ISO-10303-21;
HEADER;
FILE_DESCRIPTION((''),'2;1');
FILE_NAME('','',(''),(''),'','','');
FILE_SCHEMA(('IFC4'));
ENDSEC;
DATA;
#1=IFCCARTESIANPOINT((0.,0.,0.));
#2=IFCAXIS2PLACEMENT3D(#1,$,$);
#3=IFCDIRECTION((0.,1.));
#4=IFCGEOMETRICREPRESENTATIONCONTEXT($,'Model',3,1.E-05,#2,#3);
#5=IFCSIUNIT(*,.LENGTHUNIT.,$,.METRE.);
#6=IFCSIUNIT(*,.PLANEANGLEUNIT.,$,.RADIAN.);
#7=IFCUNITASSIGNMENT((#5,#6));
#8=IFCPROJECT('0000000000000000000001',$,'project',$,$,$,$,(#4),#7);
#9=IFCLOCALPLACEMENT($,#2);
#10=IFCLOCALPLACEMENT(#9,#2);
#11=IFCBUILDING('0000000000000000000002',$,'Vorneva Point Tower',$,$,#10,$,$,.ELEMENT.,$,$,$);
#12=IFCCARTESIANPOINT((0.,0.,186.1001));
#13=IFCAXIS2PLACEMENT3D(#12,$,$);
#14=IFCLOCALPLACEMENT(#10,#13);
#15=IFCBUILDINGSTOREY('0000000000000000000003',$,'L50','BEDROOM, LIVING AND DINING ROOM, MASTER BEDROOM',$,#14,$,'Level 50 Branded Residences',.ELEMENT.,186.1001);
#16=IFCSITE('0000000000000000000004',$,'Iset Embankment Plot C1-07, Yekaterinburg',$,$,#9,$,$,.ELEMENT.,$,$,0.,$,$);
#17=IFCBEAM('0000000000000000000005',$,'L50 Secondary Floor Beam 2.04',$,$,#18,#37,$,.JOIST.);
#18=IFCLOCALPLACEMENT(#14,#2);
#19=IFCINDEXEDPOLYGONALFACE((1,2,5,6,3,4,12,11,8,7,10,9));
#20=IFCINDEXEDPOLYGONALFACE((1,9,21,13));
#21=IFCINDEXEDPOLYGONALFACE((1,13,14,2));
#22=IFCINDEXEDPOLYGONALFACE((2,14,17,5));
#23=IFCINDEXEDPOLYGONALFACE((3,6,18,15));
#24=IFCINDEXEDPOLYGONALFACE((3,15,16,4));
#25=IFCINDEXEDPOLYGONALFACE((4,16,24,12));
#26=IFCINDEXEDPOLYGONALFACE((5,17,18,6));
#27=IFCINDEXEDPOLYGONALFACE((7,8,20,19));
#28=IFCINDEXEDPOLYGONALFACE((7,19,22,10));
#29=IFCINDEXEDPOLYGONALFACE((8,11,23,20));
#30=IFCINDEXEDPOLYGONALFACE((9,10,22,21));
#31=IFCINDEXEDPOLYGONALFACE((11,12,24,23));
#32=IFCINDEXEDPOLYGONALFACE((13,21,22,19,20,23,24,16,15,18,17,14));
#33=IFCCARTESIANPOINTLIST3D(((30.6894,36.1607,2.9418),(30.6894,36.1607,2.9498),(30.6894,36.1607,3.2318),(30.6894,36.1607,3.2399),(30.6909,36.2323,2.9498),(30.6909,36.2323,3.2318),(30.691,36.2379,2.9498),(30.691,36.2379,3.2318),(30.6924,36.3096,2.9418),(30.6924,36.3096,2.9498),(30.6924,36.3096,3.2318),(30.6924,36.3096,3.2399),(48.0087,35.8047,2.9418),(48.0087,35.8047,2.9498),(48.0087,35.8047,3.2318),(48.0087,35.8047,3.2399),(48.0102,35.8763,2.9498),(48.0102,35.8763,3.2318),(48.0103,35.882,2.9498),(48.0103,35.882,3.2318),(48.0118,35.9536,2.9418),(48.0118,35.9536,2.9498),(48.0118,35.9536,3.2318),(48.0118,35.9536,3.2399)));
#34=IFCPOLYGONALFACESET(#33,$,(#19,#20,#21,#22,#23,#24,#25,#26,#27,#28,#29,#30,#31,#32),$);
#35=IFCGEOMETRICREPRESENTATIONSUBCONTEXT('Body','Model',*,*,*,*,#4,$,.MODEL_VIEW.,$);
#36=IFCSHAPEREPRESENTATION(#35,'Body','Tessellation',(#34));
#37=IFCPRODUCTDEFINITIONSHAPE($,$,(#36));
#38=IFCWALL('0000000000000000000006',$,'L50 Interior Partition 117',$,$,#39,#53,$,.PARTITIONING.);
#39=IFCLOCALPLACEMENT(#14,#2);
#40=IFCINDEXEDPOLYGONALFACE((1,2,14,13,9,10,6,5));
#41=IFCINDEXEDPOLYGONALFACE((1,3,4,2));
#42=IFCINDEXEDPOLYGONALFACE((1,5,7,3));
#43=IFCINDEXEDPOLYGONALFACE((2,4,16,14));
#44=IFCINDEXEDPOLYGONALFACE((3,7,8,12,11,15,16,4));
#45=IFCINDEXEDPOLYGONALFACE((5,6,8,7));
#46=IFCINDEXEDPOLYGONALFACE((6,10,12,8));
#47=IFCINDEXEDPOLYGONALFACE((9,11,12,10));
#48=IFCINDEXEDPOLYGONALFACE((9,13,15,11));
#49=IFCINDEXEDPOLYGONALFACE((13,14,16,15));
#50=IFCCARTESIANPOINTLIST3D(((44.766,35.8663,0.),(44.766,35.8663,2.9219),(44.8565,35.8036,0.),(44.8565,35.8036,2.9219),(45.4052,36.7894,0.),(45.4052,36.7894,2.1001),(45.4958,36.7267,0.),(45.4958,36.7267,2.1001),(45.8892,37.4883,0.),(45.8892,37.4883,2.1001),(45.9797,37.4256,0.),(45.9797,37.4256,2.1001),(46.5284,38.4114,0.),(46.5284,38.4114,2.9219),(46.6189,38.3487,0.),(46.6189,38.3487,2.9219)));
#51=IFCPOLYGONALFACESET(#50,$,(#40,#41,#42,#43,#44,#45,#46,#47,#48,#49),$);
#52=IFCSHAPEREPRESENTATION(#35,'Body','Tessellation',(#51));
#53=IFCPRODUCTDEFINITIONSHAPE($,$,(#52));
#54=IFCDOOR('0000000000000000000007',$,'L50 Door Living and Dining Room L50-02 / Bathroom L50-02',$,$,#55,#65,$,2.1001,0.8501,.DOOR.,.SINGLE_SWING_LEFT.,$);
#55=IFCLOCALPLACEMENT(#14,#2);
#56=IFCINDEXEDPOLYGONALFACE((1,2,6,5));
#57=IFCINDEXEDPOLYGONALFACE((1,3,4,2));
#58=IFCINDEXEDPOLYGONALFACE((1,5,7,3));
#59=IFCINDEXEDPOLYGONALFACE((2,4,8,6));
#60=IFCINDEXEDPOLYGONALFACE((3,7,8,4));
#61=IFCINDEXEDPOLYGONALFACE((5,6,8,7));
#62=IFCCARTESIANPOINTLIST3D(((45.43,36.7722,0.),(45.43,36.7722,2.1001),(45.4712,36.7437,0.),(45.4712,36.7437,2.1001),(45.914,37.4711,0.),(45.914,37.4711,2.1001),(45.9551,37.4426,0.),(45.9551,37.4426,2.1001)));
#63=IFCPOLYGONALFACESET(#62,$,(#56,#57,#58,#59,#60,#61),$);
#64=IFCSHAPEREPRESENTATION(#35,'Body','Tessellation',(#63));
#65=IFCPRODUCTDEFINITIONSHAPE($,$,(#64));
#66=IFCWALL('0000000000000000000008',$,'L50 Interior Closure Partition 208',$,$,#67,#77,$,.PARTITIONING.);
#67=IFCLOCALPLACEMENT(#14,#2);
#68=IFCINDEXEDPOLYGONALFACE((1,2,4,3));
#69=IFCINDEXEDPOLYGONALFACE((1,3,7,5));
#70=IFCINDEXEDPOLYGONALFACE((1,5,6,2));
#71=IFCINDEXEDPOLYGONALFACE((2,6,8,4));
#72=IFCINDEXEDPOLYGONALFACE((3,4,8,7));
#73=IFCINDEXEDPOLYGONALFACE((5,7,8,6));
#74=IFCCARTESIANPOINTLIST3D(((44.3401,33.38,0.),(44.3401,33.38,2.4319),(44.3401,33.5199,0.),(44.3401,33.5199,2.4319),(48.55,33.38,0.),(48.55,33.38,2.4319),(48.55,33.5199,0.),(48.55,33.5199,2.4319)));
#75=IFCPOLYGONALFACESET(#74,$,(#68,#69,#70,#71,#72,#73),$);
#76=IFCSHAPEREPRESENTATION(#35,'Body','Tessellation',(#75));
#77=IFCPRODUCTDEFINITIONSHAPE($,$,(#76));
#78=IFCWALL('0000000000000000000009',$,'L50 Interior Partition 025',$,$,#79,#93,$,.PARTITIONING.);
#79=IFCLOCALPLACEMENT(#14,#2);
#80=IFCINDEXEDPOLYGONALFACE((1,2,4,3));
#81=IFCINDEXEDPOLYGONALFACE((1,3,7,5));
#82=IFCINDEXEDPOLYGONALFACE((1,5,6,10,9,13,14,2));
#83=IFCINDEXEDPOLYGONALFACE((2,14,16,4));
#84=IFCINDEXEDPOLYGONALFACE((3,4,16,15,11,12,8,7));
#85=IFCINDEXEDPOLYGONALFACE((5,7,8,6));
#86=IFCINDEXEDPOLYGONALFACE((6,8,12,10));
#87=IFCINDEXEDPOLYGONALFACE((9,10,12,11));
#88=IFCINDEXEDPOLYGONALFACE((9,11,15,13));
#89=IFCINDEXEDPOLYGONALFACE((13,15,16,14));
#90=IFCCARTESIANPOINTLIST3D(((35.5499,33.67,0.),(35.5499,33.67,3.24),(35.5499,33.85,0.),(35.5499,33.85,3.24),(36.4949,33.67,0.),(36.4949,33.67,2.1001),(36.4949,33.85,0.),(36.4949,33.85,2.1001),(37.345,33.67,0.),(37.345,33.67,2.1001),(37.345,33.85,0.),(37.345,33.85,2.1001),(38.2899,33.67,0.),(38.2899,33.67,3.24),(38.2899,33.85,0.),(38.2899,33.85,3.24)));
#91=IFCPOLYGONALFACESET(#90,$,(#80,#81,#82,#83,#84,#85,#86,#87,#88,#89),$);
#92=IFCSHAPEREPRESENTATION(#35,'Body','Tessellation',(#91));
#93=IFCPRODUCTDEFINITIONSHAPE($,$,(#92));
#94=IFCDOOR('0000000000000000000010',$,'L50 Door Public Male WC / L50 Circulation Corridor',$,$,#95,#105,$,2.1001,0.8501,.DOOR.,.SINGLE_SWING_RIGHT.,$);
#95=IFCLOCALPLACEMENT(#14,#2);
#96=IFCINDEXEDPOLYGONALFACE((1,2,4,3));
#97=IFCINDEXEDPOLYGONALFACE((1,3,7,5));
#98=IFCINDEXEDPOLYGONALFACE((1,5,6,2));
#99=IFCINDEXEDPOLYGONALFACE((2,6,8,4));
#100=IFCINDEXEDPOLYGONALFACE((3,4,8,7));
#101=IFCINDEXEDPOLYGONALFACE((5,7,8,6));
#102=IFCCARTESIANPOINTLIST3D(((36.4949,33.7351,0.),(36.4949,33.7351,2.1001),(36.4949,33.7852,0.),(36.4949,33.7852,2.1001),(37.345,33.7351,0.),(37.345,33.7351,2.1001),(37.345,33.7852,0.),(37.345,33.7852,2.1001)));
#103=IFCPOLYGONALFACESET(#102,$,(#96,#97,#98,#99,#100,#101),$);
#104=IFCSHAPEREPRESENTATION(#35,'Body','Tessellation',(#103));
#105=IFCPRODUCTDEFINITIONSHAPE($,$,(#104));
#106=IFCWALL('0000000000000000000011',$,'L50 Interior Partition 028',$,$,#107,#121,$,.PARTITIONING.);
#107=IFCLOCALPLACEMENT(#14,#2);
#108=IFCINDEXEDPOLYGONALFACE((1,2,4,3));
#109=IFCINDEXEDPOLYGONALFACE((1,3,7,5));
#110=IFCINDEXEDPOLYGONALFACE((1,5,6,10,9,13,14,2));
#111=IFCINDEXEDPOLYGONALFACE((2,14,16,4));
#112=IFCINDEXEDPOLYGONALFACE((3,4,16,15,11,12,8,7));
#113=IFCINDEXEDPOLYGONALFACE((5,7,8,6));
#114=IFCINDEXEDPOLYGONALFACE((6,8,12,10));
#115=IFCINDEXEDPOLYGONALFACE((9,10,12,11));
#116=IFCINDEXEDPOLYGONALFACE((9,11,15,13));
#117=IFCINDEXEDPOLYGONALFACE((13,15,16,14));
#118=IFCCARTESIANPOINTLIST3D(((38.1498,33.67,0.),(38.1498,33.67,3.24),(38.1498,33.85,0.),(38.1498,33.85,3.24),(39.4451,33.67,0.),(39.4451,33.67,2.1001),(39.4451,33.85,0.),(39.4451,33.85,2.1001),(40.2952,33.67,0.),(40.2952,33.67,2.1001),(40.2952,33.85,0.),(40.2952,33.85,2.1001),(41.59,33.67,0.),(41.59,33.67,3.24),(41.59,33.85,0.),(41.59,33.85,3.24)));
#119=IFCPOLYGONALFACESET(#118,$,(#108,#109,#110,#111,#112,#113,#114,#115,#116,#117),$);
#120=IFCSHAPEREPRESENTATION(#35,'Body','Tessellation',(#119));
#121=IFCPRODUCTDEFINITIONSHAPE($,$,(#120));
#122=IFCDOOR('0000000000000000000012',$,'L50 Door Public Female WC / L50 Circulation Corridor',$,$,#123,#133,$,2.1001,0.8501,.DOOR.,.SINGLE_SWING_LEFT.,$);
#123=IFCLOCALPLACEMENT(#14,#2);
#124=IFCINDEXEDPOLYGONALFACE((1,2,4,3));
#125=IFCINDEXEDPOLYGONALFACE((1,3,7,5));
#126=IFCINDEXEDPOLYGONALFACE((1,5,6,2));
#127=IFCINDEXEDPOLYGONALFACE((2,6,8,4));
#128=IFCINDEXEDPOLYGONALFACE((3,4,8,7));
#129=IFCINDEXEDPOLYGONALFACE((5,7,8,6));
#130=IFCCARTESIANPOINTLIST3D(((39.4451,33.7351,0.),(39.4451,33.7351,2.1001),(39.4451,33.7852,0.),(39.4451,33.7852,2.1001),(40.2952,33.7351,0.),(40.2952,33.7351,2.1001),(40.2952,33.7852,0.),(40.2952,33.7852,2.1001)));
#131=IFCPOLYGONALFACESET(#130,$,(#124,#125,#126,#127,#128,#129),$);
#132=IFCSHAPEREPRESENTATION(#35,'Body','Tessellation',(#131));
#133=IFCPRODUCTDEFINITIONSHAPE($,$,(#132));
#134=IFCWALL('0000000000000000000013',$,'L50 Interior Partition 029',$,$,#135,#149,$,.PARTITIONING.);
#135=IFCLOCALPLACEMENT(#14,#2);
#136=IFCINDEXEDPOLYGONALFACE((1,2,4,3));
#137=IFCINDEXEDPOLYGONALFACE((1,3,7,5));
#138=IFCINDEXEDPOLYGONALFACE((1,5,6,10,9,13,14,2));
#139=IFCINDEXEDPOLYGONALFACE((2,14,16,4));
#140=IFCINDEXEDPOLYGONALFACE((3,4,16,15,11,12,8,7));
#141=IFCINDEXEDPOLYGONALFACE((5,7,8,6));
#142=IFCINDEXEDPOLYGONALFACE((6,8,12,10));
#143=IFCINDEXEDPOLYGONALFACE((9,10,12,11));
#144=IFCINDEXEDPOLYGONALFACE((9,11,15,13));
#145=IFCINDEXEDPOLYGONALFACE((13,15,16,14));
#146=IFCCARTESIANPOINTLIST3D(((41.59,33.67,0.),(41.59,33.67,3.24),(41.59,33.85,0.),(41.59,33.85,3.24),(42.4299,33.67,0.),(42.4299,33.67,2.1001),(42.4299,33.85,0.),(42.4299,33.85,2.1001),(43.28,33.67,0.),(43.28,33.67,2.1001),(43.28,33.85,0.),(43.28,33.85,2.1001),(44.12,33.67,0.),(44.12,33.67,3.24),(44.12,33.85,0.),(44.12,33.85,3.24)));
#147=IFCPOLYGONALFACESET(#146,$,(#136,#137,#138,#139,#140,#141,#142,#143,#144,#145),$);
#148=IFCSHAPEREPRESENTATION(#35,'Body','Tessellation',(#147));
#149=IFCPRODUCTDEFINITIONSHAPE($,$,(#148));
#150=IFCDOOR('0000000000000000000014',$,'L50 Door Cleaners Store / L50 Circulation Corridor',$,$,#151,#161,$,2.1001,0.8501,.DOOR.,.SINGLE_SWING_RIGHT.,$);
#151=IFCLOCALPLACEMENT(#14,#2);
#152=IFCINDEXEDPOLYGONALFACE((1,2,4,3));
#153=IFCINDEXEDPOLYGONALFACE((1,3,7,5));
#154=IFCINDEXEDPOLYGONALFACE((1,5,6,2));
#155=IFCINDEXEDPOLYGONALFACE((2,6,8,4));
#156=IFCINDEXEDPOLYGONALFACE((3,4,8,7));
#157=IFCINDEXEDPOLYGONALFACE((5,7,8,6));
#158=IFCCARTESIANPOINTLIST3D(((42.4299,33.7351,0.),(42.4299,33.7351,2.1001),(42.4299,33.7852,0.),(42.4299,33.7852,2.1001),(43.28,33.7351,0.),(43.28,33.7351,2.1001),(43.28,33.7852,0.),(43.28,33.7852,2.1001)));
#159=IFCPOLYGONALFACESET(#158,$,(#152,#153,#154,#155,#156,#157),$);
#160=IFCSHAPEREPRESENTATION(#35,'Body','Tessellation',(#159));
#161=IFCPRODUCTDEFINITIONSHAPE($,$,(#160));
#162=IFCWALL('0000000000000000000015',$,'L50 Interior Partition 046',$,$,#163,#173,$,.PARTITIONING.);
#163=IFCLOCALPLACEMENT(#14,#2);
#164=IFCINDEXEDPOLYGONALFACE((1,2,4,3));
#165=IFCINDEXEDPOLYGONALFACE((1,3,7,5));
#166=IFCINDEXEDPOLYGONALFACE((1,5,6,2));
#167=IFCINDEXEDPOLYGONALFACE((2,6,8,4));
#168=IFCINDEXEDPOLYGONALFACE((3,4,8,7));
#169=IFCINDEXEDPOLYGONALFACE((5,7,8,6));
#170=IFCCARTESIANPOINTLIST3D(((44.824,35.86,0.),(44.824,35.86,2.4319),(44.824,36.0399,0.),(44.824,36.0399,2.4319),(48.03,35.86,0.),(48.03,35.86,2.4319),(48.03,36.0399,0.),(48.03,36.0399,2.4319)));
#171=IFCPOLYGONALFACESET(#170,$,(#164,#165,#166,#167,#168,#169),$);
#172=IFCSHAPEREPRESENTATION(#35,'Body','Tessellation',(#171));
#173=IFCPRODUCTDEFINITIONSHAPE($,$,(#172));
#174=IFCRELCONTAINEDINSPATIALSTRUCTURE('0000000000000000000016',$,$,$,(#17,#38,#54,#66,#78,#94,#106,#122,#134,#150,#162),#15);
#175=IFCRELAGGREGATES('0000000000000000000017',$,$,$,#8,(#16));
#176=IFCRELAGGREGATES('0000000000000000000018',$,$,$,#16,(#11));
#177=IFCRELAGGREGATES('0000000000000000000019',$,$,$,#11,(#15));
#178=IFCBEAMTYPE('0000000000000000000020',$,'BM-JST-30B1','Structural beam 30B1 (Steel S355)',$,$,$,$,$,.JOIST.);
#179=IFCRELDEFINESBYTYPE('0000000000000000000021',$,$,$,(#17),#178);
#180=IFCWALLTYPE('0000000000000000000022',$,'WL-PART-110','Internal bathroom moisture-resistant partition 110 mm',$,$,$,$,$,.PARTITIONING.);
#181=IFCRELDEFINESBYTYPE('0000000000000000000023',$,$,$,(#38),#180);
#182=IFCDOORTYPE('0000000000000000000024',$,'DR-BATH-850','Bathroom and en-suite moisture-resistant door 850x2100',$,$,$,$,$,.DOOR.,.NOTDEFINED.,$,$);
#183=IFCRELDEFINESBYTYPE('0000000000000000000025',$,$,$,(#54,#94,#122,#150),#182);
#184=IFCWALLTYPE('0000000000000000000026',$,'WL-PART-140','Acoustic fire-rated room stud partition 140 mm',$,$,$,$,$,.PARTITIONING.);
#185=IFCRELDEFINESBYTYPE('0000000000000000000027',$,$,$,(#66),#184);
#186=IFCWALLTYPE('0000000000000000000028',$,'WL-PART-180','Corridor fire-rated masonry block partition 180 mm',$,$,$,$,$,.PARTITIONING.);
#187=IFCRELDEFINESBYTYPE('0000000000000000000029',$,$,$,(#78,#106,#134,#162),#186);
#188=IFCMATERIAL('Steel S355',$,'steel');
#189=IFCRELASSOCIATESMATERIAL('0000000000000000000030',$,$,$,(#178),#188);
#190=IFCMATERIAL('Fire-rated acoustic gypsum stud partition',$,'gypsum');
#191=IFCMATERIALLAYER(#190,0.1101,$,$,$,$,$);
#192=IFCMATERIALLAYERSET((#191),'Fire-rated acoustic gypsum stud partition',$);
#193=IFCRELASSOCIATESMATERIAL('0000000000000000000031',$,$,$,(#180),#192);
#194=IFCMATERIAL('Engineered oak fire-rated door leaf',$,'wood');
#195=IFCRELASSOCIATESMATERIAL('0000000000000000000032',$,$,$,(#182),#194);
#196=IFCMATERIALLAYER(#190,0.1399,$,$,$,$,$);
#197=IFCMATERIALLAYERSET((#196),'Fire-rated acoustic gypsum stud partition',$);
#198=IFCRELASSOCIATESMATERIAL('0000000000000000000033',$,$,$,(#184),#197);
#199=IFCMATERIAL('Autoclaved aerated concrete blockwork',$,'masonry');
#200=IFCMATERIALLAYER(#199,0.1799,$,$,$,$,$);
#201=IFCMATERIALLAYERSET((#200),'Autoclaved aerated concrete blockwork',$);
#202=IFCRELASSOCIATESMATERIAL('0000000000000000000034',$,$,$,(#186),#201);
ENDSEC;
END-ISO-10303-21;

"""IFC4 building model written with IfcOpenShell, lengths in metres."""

from ifc_helpers import new_model, si_unit, direction, frame, frame_2d, origin, origin_2d, place, context, subcontext, project, spatial, rectangle, i_section, extrude, material, layer, layer_set, material_profile, profile_set, type_object, element, fill, save


model = new_model("IFC4")

# Units and contexts
model_context = context("Model", 3, precision=1e-05, world=origin(), true_north=direction((0.0, 1.0)))
body_context = subcontext(model_context, "Body", "Model", "MODEL_VIEW")
ifc_project = project(units=[si_unit("LENGTHUNIT", "METRE"), si_unit("PLANEANGLEUNIT", "RADIAN")], contexts=[model_context])

# Site, building, storey
site_placement = place(None, origin())
site = spatial("IfcSite", under=ifc_project, at=site_placement, Name="Iset Embankment Plot C1-07, Yekaterinburg", CompositionType="ELEMENT", RefElevation=0.0)
building_placement = place(site_placement, origin())
building = spatial("IfcBuilding", under=site, at=building_placement, Name="Vorneva Point Tower", CompositionType="ELEMENT")
storey_placement = place(building_placement, frame((0.0, 0.0, 186.1001)))
storey = spatial("IfcBuildingStorey", under=building, at=storey_placement, Name="L50", Description="BEDROOM, LIVING AND DINING ROOM, MASTER BEDROOM", LongName="Level 50 Branded Residences", CompositionType="ELEMENT", Elevation=186.1001)

# Beam
ifc_material_1 = material(Name="Steel S355", Category="steel")
ifc_material_profile = material_profile(ifc_material_1, i_section(OverallWidth=0.1489, OverallDepth=0.2981, WebThickness=0.0056, FlangeThickness=0.0081, at=origin_2d()), Name="30B1")
ifc_profile_set = profile_set([ifc_material_profile], Name="Steel S355")
beam_type = type_object("IfcBeamType", Name="BM-JST-30B1", Description="Structural beam 30B1 (Steel S355)", PredefinedType="JOIST", material=ifc_profile_set)
beam_placement = place(storey_placement, frame((48.0103, 35.8792, 3.0908), z_axis=(-0.999789, 0.020548, 0.0), x_axis=(-0.020548, -0.999789, 0.0)))
element("IfcBeam", 1, at=beam_placement, inside=storey, type_object=beam_type, Name="L50 Secondary Floor Beam 2.04", PredefinedType="JOIST", context=body_context, shape_type="SweptSolid", body=[
    extrude(i_section(OverallWidth=0.1489, OverallDepth=0.2981, WebThickness=0.0056, FlangeThickness=0.0081, at=origin_2d()), origin(), (0.0, 0.0, 1.0), 17.323),
])

# Wall, opening, door
ifc_material_2 = material(Name="Fire-rated acoustic gypsum stud partition", Category="gypsum")
ifc_layer_1 = layer(ifc_material_2, 0.1101)
ifc_layer_set_1 = layer_set([ifc_layer_1], Name="Fire-rated acoustic gypsum stud partition")
wall_type_1 = type_object("IfcWallType", Name="WL-PART-110", Description="Internal bathroom moisture-resistant partition 110 mm", PredefinedType="PARTITIONING", material=ifc_layer_set_1)
wall_1_placement = place(storey_placement, frame((44.8113, 35.835, 0.0), z_axis=(0.0, 0.0, 1.0), x_axis=(0.5693, 0.82213, 0.0)))
wall_1 = element("IfcWall", 2, at=wall_1_placement, inside=storey, type_object=wall_type_1, Name="L50 Interior Partition 117", PredefinedType="PARTITIONING", context=body_context, shape_type="SweptSolid", body=[
    extrude(rectangle(XDim=3.0957, YDim=0.1101, at=frame_2d((1.5479, 0.0))), origin(), (0.0, 0.0, 1.0), 2.9219),
])
opening_1_placement = place(wall_1_placement, frame((1.1228, 0.0, 0.0)))
opening_1 = element("IfcOpeningElement", 3, at=opening_1_placement, cuts=wall_1, PredefinedType="OPENING", context=body_context, shape_type="SweptSolid", body=[
    extrude(rectangle(XDim=0.8501, YDim=2.1001, at=frame_2d((0.425, 1.05))), frame((0.0, 0.0698, 0.0), z_axis=(0.0, -1.0, 0.0), x_axis=(1.0, 0.0, 0.0)), (0.0, 0.0, 1.0), 0.1399),
])
ifc_material_3 = material(Name="Engineered oak fire-rated door leaf", Category="wood")
door_type_1 = type_object("IfcDoorType", Name="DR-BATH-850", Description="Bathroom and en-suite moisture-resistant door 850x2100", OperationType="NOTDEFINED", PredefinedType="DOOR", material=ifc_material_3)
door_1_placement = place(opening_1_placement, origin())
door_1 = element("IfcDoor", 4, at=door_1_placement, inside=storey, type_object=door_type_1, Name="L50 Door Living and Dining Room L50-02 / Bathroom L50-02", OperationType="SINGLE_SWING_LEFT", OverallHeight=2.1001, OverallWidth=0.8501, PredefinedType="DOOR", context=body_context, shape_type="SweptSolid", body=[
    extrude(rectangle(XDim=0.8501, YDim=2.1001, at=frame_2d((0.425, 1.05))), frame((0.0, 0.0249, 0.0), z_axis=(0.0, -1.0, 0.0), x_axis=(1.0, 0.0, 0.0)), (0.0, 0.0, 1.0), 0.05),
])
fill(opening_1, door_1)

# Wall
ifc_layer_2 = layer(ifc_material_2, 0.1399)
ifc_layer_set_2 = layer_set([ifc_layer_2], Name="Fire-rated acoustic gypsum stud partition")
wall_type_2 = type_object("IfcWallType", Name="WL-PART-140", Description="Acoustic fire-rated room stud partition 140 mm", PredefinedType="PARTITIONING", material=ifc_layer_set_2)
wall_2_placement = place(storey_placement, frame((48.55, 33.45, 0.0), z_axis=(0.0, 0.0, 1.0), x_axis=(-1.0, 0.0, 0.0)))
element("IfcWall", 5, at=wall_2_placement, inside=storey, type_object=wall_type_2, Name="L50 Interior Closure Partition 208", PredefinedType="PARTITIONING", context=body_context, shape_type="SweptSolid", body=[
    extrude(rectangle(XDim=4.21, YDim=0.1399, at=frame_2d((2.105, 0.0))), origin(), (0.0, 0.0, 1.0), 2.4319),
])

# Walls, openings, doors
ifc_material_4 = material(Name="Autoclaved aerated concrete blockwork", Category="masonry")
ifc_layer_3 = layer(ifc_material_4, 0.1799)
ifc_layer_set_3 = layer_set([ifc_layer_3], Name="Autoclaved aerated concrete blockwork")
wall_type_3 = type_object("IfcWallType", Name="WL-PART-180", Description="Corridor fire-rated masonry block partition 180 mm", PredefinedType="PARTITIONING", material=ifc_layer_set_3)
wall_3_placement = place(storey_placement, frame((38.29, 33.76, 0.0), z_axis=(0.0, 0.0, 1.0), x_axis=(-1.0, 0.0, 0.0)))
wall_3 = element("IfcWall", 6, at=wall_3_placement, inside=storey, type_object=wall_type_3, Name="L50 Interior Partition 025", PredefinedType="PARTITIONING", context=body_context, shape_type="SweptSolid", body=[
    extrude(rectangle(XDim=2.74, YDim=0.1799, at=frame_2d((1.3701, 0.0))), origin(), (0.0, 0.0, 1.0), 3.24),
])
opening_2_placement = place(wall_3_placement, frame((0.9451, 0.0, 0.0)))
opening_2 = element("IfcOpeningElement", 7, at=opening_2_placement, cuts=wall_3, PredefinedType="OPENING", context=body_context, shape_type="SweptSolid", body=[
    extrude(rectangle(XDim=0.8501, YDim=2.1001, at=frame_2d((0.425, 1.05))), frame((0.0, 0.105, 0.0), z_axis=(0.0, -1.0, 0.0), x_axis=(1.0, 0.0, 0.0)), (0.0, 0.0, 1.0), 0.2097),
])
door_2_placement = place(opening_2_placement, origin())
door_2 = element("IfcDoor", 8, at=door_2_placement, inside=storey, type_object=door_type_1, Name="L50 Door Public Male WC / L50 Circulation Corridor", OperationType="SINGLE_SWING_RIGHT", OverallHeight=2.1001, OverallWidth=0.8501, PredefinedType="DOOR", context=body_context, shape_type="SweptSolid", body=[
    extrude(rectangle(XDim=0.8501, YDim=2.1001, at=frame_2d((0.425, 1.05))), frame((0.0, 0.0249, 0.0), z_axis=(0.0, -1.0, 0.0), x_axis=(1.0, 0.0, 0.0)), (0.0, 0.0, 1.0), 0.05),
])
fill(opening_2, door_2)
wall_4_placement = place(storey_placement, frame((41.5901, 33.76, 0.0), z_axis=(0.0, 0.0, 1.0), x_axis=(-1.0, 0.0, 0.0)))
wall_4 = element("IfcWall", 9, at=wall_4_placement, inside=storey, type_object=wall_type_3, Name="L50 Interior Partition 028", PredefinedType="PARTITIONING", context=body_context, shape_type="SweptSolid", body=[
    extrude(rectangle(XDim=3.4402, YDim=0.1799, at=frame_2d((1.7202, 0.0))), origin(), (0.0, 0.0, 1.0), 3.24),
])
opening_3_placement = place(wall_4_placement, frame((1.2949, 0.0, 0.0)))
opening_3 = element("IfcOpeningElement", 10, at=opening_3_placement, cuts=wall_4, PredefinedType="OPENING", context=body_context, shape_type="SweptSolid", body=[
    extrude(rectangle(XDim=0.8501, YDim=2.1001, at=frame_2d((0.425, 1.05))), frame((0.0, 0.105, 0.0), z_axis=(0.0, -1.0, 0.0), x_axis=(1.0, 0.0, 0.0)), (0.0, 0.0, 1.0), 0.2097),
])
door_3_placement = place(opening_3_placement, origin())
door_3 = element("IfcDoor", 11, at=door_3_placement, inside=storey, type_object=door_type_1, Name="L50 Door Public Female WC / L50 Circulation Corridor", OperationType="SINGLE_SWING_LEFT", OverallHeight=2.1001, OverallWidth=0.8501, PredefinedType="DOOR", context=body_context, shape_type="SweptSolid", body=[
    extrude(rectangle(XDim=0.8501, YDim=2.1001, at=frame_2d((0.425, 1.05))), frame((0.0, 0.0249, 0.0), z_axis=(0.0, -1.0, 0.0), x_axis=(1.0, 0.0, 0.0)), (0.0, 0.0, 1.0), 0.05),
])
fill(opening_3, door_3)
wall_5_placement = place(storey_placement, frame((44.1201, 33.76, 0.0), z_axis=(0.0, 0.0, 1.0), x_axis=(-1.0, 0.0, 0.0)))
wall_5 = element("IfcWall", 12, at=wall_5_placement, inside=storey, type_object=wall_type_3, Name="L50 Interior Partition 029", PredefinedType="PARTITIONING", context=body_context, shape_type="SweptSolid", body=[
    extrude(rectangle(XDim=2.53, YDim=0.1799, at=frame_2d((1.2651, 0.0))), origin(), (0.0, 0.0, 1.0), 3.24),
])
opening_4_placement = place(wall_5_placement, frame((0.8401, 0.0, 0.0)))
opening_4 = element("IfcOpeningElement", 13, at=opening_4_placement, cuts=wall_5, PredefinedType="OPENING", context=body_context, shape_type="SweptSolid", body=[
    extrude(rectangle(XDim=0.8501, YDim=2.1001, at=frame_2d((0.425, 1.05))), frame((0.0, 0.105, 0.0), z_axis=(0.0, -1.0, 0.0), x_axis=(1.0, 0.0, 0.0)), (0.0, 0.0, 1.0), 0.2097),
])
door_4_placement = place(opening_4_placement, origin())
door_4 = element("IfcDoor", 14, at=door_4_placement, inside=storey, type_object=door_type_1, Name="L50 Door Cleaners Store / L50 Circulation Corridor", OperationType="SINGLE_SWING_RIGHT", OverallHeight=2.1001, OverallWidth=0.8501, PredefinedType="DOOR", context=body_context, shape_type="SweptSolid", body=[
    extrude(rectangle(XDim=0.8501, YDim=2.1001, at=frame_2d((0.425, 1.05))), frame((0.0, 0.0249, 0.0), z_axis=(0.0, -1.0, 0.0), x_axis=(1.0, 0.0, 0.0)), (0.0, 0.0, 1.0), 0.05),
])
fill(opening_4, door_4)

# Wall
wall_6_placement = place(storey_placement, frame((48.03, 35.95, 0.0), z_axis=(0.0, 0.0, 1.0), x_axis=(-1.0, 0.0, 0.0)))
element("IfcWall", 15, at=wall_6_placement, inside=storey, type_object=wall_type_3, Name="L50 Interior Partition 046", PredefinedType="PARTITIONING", context=body_context, shape_type="SweptSolid", body=[
    extrude(rectangle(XDim=3.2061, YDim=0.1799, at=frame_2d((1.603, 0.0))), origin(), (0.0, 0.0, 1.0), 2.4319),
])

save(model, "model.ifc")
